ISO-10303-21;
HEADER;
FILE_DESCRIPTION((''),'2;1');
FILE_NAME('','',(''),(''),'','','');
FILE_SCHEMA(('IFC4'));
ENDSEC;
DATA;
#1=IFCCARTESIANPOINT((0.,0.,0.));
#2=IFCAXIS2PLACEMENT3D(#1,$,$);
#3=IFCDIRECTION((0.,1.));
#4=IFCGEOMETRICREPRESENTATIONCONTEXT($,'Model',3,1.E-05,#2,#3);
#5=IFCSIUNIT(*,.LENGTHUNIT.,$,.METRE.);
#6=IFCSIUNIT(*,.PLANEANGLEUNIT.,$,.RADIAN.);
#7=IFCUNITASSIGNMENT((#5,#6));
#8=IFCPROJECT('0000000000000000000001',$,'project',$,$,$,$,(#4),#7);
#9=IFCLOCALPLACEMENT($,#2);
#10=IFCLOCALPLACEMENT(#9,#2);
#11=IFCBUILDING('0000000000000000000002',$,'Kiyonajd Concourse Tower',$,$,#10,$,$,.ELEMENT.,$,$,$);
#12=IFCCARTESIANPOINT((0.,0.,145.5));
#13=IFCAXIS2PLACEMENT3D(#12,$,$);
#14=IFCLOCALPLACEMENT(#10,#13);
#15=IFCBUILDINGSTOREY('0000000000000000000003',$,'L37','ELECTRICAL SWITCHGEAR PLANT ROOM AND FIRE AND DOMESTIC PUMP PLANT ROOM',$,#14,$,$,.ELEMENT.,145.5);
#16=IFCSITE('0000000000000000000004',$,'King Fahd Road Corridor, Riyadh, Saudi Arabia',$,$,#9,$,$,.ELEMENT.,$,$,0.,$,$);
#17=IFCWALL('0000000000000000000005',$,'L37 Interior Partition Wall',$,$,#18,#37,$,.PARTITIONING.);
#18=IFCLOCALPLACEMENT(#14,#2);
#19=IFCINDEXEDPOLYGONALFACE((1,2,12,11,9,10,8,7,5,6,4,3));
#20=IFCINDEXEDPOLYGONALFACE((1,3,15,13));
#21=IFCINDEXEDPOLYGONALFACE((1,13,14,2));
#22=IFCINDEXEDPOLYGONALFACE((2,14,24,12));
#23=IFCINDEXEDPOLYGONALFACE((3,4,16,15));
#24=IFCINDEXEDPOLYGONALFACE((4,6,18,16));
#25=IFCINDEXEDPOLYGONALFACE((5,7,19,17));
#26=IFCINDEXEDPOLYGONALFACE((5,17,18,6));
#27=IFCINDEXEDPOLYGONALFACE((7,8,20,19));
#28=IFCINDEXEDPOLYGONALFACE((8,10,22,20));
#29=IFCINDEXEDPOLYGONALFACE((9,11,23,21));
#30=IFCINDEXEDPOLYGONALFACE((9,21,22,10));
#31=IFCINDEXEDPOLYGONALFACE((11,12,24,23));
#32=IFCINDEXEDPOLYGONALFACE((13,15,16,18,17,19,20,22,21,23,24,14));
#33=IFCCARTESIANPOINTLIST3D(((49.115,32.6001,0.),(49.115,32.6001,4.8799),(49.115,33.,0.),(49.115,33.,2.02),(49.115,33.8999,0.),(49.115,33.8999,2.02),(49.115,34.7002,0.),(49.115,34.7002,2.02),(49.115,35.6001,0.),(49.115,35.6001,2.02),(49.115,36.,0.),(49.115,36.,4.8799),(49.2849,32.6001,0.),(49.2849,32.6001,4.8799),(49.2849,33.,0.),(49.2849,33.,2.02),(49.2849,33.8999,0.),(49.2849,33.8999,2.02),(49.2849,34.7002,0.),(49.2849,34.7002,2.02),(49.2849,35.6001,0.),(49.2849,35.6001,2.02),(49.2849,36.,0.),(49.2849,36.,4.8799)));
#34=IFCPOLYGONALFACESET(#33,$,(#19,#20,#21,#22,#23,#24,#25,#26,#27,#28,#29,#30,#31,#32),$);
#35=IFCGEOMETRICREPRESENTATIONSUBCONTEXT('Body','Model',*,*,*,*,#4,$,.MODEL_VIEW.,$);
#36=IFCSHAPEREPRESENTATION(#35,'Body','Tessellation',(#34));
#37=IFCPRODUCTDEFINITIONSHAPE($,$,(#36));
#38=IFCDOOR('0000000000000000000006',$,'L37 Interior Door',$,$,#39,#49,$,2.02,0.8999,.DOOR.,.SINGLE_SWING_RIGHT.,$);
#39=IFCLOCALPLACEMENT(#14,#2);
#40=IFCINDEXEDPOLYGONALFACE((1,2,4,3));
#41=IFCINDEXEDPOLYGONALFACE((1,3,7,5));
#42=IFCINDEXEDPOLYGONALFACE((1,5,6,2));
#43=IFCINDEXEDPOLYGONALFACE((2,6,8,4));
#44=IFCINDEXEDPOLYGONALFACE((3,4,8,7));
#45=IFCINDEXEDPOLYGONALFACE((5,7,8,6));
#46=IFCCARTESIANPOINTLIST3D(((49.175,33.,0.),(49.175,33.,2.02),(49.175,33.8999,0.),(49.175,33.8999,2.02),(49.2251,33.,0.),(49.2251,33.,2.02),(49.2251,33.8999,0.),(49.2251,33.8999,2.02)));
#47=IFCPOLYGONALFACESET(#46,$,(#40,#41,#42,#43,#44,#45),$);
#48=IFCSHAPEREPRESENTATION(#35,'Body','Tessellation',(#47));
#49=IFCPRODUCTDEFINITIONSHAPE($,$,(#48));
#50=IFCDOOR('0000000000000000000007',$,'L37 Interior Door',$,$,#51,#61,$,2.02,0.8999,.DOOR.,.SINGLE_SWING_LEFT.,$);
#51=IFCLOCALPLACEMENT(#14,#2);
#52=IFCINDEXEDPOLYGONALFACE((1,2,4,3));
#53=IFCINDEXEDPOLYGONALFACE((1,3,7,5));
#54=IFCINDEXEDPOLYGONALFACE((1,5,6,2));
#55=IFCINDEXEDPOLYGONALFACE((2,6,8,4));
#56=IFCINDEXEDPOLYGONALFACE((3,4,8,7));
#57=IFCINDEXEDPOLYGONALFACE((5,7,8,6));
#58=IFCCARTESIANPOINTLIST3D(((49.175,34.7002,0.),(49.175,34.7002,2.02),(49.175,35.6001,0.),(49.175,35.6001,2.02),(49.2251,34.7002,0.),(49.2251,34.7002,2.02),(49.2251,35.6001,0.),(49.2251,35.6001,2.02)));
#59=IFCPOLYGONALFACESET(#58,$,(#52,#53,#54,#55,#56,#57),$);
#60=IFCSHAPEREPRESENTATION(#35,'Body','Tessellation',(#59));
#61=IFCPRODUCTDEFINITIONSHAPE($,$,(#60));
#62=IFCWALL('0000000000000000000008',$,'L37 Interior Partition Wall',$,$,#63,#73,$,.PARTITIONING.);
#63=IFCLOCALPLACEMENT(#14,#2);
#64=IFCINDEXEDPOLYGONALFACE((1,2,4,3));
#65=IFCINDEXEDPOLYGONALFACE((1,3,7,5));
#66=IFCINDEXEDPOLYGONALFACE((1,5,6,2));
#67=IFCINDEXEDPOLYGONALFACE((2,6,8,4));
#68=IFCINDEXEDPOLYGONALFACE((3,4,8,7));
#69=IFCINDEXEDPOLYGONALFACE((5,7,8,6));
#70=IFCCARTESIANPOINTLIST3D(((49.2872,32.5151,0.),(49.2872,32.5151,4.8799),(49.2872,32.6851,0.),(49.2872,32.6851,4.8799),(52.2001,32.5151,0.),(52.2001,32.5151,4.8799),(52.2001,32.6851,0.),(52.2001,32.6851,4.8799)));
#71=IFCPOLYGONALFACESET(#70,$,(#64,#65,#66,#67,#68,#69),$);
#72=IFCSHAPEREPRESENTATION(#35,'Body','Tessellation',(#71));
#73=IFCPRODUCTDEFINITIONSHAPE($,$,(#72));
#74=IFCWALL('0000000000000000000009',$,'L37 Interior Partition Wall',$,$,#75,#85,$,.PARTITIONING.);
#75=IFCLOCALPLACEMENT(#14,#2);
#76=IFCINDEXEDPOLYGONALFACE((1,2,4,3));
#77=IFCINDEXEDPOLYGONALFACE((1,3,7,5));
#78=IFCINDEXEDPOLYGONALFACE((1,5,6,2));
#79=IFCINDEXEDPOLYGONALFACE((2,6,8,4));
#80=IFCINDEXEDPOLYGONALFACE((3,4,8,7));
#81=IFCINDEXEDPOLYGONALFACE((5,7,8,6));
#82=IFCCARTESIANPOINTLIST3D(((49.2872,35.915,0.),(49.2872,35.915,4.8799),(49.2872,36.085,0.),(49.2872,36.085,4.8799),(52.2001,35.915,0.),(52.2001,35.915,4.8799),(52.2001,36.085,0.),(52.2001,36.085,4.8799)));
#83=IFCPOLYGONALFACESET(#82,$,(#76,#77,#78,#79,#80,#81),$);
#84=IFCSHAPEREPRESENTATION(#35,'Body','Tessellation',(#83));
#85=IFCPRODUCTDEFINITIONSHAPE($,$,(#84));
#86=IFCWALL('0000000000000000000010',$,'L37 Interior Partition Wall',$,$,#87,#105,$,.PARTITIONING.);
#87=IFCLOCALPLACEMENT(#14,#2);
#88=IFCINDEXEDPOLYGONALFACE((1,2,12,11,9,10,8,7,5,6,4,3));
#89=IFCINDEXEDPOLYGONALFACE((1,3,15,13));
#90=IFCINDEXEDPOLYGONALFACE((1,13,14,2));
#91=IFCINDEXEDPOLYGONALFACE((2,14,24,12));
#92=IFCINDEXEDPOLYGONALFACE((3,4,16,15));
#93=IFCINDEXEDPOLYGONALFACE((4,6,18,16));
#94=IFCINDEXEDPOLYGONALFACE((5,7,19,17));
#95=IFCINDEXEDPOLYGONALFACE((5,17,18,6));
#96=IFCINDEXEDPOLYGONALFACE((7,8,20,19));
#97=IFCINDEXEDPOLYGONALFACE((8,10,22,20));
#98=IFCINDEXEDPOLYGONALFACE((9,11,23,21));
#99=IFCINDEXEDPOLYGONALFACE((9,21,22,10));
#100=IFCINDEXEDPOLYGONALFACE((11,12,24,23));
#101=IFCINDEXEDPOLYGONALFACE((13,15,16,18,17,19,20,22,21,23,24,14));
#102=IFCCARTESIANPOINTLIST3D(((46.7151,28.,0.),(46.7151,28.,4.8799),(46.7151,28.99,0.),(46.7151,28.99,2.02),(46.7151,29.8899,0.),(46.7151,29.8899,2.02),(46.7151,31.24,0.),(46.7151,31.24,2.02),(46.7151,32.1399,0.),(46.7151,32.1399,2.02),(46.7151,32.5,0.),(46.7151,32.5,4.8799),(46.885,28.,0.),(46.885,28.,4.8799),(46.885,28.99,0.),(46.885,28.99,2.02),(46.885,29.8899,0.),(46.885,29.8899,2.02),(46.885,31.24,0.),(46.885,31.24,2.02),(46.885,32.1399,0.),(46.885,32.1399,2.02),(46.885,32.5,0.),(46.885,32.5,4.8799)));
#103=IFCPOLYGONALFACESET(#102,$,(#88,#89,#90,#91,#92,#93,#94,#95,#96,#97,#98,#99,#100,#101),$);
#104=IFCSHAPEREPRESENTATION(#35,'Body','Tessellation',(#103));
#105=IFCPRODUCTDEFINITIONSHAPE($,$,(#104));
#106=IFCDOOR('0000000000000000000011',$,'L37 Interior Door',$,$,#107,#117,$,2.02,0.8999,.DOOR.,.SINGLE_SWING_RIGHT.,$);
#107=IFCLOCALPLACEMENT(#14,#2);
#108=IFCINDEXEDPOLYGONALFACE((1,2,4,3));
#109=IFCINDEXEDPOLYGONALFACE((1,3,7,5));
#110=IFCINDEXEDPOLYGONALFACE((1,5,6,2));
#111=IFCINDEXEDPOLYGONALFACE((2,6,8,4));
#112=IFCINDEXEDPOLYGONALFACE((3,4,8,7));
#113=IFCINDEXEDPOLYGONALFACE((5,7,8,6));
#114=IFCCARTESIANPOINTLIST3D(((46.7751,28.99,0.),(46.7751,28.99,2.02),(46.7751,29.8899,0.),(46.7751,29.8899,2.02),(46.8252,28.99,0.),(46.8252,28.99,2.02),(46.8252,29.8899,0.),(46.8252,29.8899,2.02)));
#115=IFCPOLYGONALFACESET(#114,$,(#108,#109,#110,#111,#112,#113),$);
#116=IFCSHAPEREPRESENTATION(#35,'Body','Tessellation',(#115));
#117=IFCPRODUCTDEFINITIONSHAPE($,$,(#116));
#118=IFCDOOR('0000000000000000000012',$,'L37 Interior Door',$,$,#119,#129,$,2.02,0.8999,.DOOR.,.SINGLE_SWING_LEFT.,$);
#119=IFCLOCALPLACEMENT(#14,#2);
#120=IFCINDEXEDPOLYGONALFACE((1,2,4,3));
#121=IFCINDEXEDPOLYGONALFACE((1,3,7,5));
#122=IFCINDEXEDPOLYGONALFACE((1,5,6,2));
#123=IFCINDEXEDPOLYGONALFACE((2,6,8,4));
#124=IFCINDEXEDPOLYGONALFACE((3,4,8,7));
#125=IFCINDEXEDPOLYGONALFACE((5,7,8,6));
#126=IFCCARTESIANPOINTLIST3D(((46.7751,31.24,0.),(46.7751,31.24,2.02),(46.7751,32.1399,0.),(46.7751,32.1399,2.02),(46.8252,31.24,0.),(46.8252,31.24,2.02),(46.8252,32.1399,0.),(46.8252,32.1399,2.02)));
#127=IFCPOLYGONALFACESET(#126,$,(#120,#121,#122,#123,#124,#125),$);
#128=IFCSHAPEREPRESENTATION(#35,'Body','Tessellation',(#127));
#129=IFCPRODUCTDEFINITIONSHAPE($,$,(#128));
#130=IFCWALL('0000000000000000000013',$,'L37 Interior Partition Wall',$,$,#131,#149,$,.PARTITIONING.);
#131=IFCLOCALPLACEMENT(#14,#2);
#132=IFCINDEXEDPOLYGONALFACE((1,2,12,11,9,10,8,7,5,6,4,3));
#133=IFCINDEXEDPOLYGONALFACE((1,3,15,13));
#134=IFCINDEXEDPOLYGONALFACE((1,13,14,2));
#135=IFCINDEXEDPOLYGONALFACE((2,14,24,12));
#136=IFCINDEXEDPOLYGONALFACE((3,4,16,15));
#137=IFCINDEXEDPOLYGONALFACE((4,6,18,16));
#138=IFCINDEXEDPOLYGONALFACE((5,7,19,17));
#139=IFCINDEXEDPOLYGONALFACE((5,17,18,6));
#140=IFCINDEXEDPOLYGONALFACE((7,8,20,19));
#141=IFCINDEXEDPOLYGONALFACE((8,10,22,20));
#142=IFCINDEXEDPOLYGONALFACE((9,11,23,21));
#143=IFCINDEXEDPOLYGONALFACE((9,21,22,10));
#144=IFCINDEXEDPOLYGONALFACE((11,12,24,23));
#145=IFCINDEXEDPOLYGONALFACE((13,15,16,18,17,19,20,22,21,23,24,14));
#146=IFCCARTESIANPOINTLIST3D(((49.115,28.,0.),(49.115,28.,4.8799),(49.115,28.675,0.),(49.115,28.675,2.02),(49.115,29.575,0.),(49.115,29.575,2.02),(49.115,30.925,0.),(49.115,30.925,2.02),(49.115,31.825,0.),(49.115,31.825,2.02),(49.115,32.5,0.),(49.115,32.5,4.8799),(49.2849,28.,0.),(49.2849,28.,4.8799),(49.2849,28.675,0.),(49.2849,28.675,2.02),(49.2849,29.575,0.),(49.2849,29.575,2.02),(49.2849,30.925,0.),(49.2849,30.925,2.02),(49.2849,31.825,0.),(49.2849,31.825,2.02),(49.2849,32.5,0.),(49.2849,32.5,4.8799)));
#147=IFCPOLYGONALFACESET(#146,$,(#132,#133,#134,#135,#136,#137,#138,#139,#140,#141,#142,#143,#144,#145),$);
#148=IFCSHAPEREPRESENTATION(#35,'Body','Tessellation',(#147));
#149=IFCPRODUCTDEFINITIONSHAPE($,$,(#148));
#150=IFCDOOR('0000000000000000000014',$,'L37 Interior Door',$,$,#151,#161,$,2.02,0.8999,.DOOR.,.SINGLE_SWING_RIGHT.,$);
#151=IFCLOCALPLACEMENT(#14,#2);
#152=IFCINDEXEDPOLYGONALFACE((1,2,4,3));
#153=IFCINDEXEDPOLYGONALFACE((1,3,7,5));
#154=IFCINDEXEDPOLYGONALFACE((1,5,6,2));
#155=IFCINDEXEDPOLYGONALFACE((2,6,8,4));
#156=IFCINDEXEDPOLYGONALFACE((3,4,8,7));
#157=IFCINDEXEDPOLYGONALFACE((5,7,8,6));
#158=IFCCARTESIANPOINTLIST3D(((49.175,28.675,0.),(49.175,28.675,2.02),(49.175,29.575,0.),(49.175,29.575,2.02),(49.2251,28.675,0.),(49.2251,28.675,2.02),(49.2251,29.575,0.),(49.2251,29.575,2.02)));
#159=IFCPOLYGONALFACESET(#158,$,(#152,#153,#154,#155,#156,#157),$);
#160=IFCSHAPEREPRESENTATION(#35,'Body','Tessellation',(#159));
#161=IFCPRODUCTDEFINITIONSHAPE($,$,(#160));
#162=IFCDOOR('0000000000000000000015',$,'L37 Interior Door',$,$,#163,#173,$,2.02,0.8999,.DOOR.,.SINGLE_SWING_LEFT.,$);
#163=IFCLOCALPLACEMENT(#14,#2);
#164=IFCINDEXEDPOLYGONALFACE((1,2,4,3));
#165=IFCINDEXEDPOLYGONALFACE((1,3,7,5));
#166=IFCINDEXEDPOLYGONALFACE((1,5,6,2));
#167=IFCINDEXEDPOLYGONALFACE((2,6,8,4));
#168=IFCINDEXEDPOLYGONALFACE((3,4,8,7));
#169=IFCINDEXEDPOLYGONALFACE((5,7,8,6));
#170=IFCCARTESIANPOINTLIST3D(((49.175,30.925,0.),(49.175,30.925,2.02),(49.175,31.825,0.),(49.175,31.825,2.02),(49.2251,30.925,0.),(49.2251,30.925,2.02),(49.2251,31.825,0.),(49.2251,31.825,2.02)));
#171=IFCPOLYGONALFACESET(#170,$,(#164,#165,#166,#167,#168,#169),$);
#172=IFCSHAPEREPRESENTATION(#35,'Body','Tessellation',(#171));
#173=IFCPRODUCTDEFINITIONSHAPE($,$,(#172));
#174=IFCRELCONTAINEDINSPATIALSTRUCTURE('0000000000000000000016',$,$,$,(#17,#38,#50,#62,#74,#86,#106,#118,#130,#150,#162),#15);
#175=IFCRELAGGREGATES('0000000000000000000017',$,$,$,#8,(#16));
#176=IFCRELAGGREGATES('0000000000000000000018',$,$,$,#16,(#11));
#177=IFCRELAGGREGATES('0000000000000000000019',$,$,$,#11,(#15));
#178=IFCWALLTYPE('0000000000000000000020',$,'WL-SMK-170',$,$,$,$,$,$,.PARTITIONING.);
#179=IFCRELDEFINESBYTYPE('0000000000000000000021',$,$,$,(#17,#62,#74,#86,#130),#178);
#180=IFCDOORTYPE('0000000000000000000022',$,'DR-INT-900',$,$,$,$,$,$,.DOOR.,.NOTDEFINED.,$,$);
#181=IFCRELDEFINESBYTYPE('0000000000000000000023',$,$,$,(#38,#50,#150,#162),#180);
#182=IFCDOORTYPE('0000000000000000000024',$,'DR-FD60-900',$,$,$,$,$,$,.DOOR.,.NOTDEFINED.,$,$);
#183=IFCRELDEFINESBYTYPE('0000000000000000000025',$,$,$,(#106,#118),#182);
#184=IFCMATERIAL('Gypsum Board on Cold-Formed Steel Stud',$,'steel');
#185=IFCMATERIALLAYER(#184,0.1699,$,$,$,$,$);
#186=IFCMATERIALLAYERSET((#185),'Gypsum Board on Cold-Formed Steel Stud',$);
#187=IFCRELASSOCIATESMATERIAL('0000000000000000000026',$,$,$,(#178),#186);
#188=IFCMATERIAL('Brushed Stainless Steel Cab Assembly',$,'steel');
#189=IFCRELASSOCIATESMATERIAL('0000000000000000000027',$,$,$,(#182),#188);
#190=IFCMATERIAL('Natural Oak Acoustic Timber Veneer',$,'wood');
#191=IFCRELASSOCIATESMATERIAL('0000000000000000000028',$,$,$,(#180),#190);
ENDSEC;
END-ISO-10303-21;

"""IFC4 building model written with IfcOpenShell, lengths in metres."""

from ifc_helpers import new_model, si_unit, direction, frame, frame_2d, origin, place, context, subcontext, project, spatial, rectangle, extrude, material, layer, layer_set, type_object, element, fill, save


model = new_model("IFC4")

# Units and contexts
model_context = context("Model", 3, precision=1e-05, world=origin(), true_north=direction((0.0, 1.0)))
body_context = subcontext(model_context, "Body", "Model", "MODEL_VIEW")
ifc_project = project(units=[si_unit("LENGTHUNIT", "METRE"), si_unit("PLANEANGLEUNIT", "RADIAN")], contexts=[model_context])

# Site, building, storey
site_placement = place(None, origin())
site = spatial("IfcSite", under=ifc_project, at=site_placement, Name="King Fahd Road Corridor, Riyadh, Saudi Arabia", CompositionType="ELEMENT", RefElevation=0.0)
building_placement = place(site_placement, origin())
building = spatial("IfcBuilding", under=site, at=building_placement, Name="Kiyonajd Concourse Tower", CompositionType="ELEMENT")
storey_placement = place(building_placement, frame((0.0, 0.0, 145.5)))
storey = spatial("IfcBuildingStorey", under=building, at=storey_placement, Name="L37", Description="ELECTRICAL SWITCHGEAR PLANT ROOM AND FIRE AND DOMESTIC PUMP PLANT ROOM", CompositionType="ELEMENT", Elevation=145.5)

# Shared definitions
ifc_material_1 = material(Name="Gypsum Board on Cold-Formed Steel Stud", Category="steel")

# Wall, openings, doors
ifc_layer_1 = layer(ifc_material_1, 0.1699)
ifc_layer_set_1 = layer_set([ifc_layer_1], Name="Gypsum Board on Cold-Formed Steel Stud")
wall_type_1 = type_object("IfcWallType", Name="WL-SMK-170", PredefinedType="PARTITIONING", material=ifc_layer_set_1)
ifc_material_2 = material(Name="Brushed Stainless Steel Cab Assembly", Category="steel")
door_type_1 = type_object("IfcDoorType", Name="DR-FD60-900", OperationType="NOTDEFINED", PredefinedType="DOOR", material=ifc_material_2)
wall_1_placement = place(storey_placement, frame((49.2, 32.6001, 0.0), z_axis=(0.0, 0.0, 1.0), x_axis=(0.0, 1.0, 0.0)))
wall_1 = element("IfcWall", 1, at=wall_1_placement, inside=storey, type_object=wall_type_1, Name="L37 Interior Partition Wall", PredefinedType="PARTITIONING", context=body_context, shape_type="SweptSolid", body=[
    extrude(rectangle(XDim=3.3999, YDim=0.1699, at=frame_2d((1.7, 0.0))), origin(), (0.0, 0.0, 1.0), 4.8799),
])
opening_1_placement = place(wall_1_placement, frame((0.3999, 0.0, 0.0)))
opening_1 = element("IfcOpeningElement", 2, at=opening_1_placement, cuts=wall_1, PredefinedType="OPENING", context=body_context, shape_type="SweptSolid", body=[
    extrude(rectangle(XDim=0.8999, YDim=2.02, at=frame_2d((0.45, 1.01))), frame((0.0, 0.095, 0.0), z_axis=(0.0, -1.0, 0.0), x_axis=(1.0, 0.0, 0.0)), (0.0, 0.0, 1.0), 0.1899),
])
opening_2_placement = place(wall_1_placement, frame((2.1001, 0.0, 0.0)))
opening_2 = element("IfcOpeningElement", 3, at=opening_2_placement, cuts=wall_1, PredefinedType="OPENING", context=body_context, shape_type="SweptSolid", body=[
    extrude(rectangle(XDim=0.8999, YDim=2.02, at=frame_2d((0.45, 1.01))), frame((0.0, 0.095, 0.0), z_axis=(0.0, -1.0, 0.0), x_axis=(1.0, 0.0, 0.0)), (0.0, 0.0, 1.0), 0.1899),
])
ifc_material_3 = material(Name="Natural Oak Acoustic Timber Veneer", Category="wood")
door_type_2 = type_object("IfcDoorType", Name="DR-INT-900", OperationType="NOTDEFINED", PredefinedType="DOOR", material=ifc_material_3)
door_1_placement = place(opening_1_placement, origin())
door_1 = element("IfcDoor", 4, at=door_1_placement, inside=storey, type_object=door_type_2, Name="L37 Interior Door", OperationType="SINGLE_SWING_RIGHT", OverallHeight=2.02, OverallWidth=0.8999, PredefinedType="DOOR", context=body_context, shape_type="SweptSolid", body=[
    extrude(rectangle(XDim=0.8999, YDim=2.02, at=frame_2d((0.45, 1.01))), frame((0.0, 0.0249, 0.0), z_axis=(0.0, -1.0, 0.0), x_axis=(1.0, 0.0, 0.0)), (0.0, 0.0, 1.0), 0.05),
])
fill(opening_1, door_1)
door_2_placement = place(opening_2_placement, origin())
door_2 = element("IfcDoor", 5, at=door_2_placement, inside=storey, type_object=door_type_2, Name="L37 Interior Door", OperationType="SINGLE_SWING_LEFT", OverallHeight=2.02, OverallWidth=0.8999, PredefinedType="DOOR", context=body_context, shape_type="SweptSolid", body=[
    extrude(rectangle(XDim=0.8999, YDim=2.02, at=frame_2d((0.45, 1.01))), frame((0.0, 0.0249, 0.0), z_axis=(0.0, -1.0, 0.0), x_axis=(1.0, 0.0, 0.0)), (0.0, 0.0, 1.0), 0.05),
])
fill(opening_2, door_2)

# Walls
for number, where, z_axis, x_axis, name in (
    (6, (49.2871, 32.6001, 0.0), (0.0, 0.0, 1.0), (1.0, 0.0, 0.0), "L37 Interior Partition Wall"),
    (7, (49.2871, 36.0, 0.0), (0.0, 0.0, 1.0), (1.0, 0.0, 0.0), "L37 Interior Partition Wall"),
):
    element("IfcWall", number, at=place(storey_placement, frame(where, z_axis=z_axis, x_axis=x_axis)), inside=storey, type_object=wall_type_1, Name=name, PredefinedType="PARTITIONING", context=body_context, shape_type="SweptSolid", body=[
        extrude(rectangle(XDim=2.9128, YDim=0.1699, at=frame_2d((1.4565, 0.0))), origin(), (0.0, 0.0, 1.0), 4.8799),
    ])

# Walls, openings, doors
wall_2_placement = place(storey_placement, frame((46.8, 28.0, 0.0), z_axis=(0.0, 0.0, 1.0), x_axis=(0.0, 1.0, 0.0)))
wall_2 = element("IfcWall", 8, at=wall_2_placement, inside=storey, type_object=wall_type_1, Name="L37 Interior Partition Wall", PredefinedType="PARTITIONING", context=body_context, shape_type="SweptSolid", body=[
    extrude(rectangle(XDim=4.5, YDim=0.1699, at=frame_2d((2.25, 0.0))), origin(), (0.0, 0.0, 1.0), 4.8799),
])
opening_3_placement = place(wall_2_placement, frame((0.99, 0.0, 0.0)))
opening_3 = element("IfcOpeningElement", 9, at=opening_3_placement, cuts=wall_2, PredefinedType="OPENING", context=body_context, shape_type="SweptSolid", body=[
    extrude(rectangle(XDim=0.8999, YDim=2.02, at=frame_2d((0.45, 1.01))), frame((0.0, 0.095, 0.0), z_axis=(0.0, -1.0, 0.0), x_axis=(1.0, 0.0, 0.0)), (0.0, 0.0, 1.0), 0.1899),
])
opening_4_placement = place(wall_2_placement, frame((3.24, 0.0, 0.0)))
opening_4 = element("IfcOpeningElement", 10, at=opening_4_placement, cuts=wall_2, PredefinedType="OPENING", context=body_context, shape_type="SweptSolid", body=[
    extrude(rectangle(XDim=0.8999, YDim=2.02, at=frame_2d((0.45, 1.01))), frame((0.0, 0.095, 0.0), z_axis=(0.0, -1.0, 0.0), x_axis=(1.0, 0.0, 0.0)), (0.0, 0.0, 1.0), 0.1899),
])
door_3_placement = place(opening_3_placement, origin())
door_3 = element("IfcDoor", 11, at=door_3_placement, inside=storey, type_object=door_type_1, Name="L37 Interior Door", OperationType="SINGLE_SWING_RIGHT", OverallHeight=2.02, OverallWidth=0.8999, PredefinedType="DOOR", context=body_context, shape_type="SweptSolid", body=[
    extrude(rectangle(XDim=0.8999, YDim=2.02, at=frame_2d((0.45, 1.01))), frame((0.0, 0.0249, 0.0), z_axis=(0.0, -1.0, 0.0), x_axis=(1.0, 0.0, 0.0)), (0.0, 0.0, 1.0), 0.05),
])
fill(opening_3, door_3)
door_4_placement = place(opening_4_placement, origin())
door_4 = element("IfcDoor", 12, at=door_4_placement, inside=storey, type_object=door_type_1, Name="L37 Interior Door", OperationType="SINGLE_SWING_LEFT", OverallHeight=2.02, OverallWidth=0.8999, PredefinedType="DOOR", context=body_context, shape_type="SweptSolid", body=[
    extrude(rectangle(XDim=0.8999, YDim=2.02, at=frame_2d((0.45, 1.01))), frame((0.0, 0.0249, 0.0), z_axis=(0.0, -1.0, 0.0), x_axis=(1.0, 0.0, 0.0)), (0.0, 0.0, 1.0), 0.05),
])
fill(opening_4, door_4)
wall_3_placement = place(storey_placement, frame((49.2, 28.0, 0.0), z_axis=(0.0, 0.0, 1.0), x_axis=(0.0, 1.0, 0.0)))
wall_3 = element("IfcWall", 13, at=wall_3_placement, inside=storey, type_object=wall_type_1, Name="L37 Interior Partition Wall", PredefinedType="PARTITIONING", context=body_context, shape_type="SweptSolid", body=[
    extrude(rectangle(XDim=4.5, YDim=0.1699, at=frame_2d((2.25, 0.0))), origin(), (0.0, 0.0, 1.0), 4.8799),
])
opening_5_placement = place(wall_3_placement, frame((0.675, 0.0, 0.0)))
opening_5 = element("IfcOpeningElement", 14, at=opening_5_placement, cuts=wall_3, PredefinedType="OPENING", context=body_context, shape_type="SweptSolid", body=[
    extrude(rectangle(XDim=0.8999, YDim=2.02, at=frame_2d((0.45, 1.01))), frame((0.0, 0.095, 0.0), z_axis=(0.0, -1.0, 0.0), x_axis=(1.0, 0.0, 0.0)), (0.0, 0.0, 1.0), 0.1899),
])
opening_6_placement = place(wall_3_placement, frame((2.925, 0.0, 0.0)))
opening_6 = element("IfcOpeningElement", 15, at=opening_6_placement, cuts=wall_3, PredefinedType="OPENING", context=body_context, shape_type="SweptSolid", body=[
    extrude(rectangle(XDim=0.8999, YDim=2.02, at=frame_2d((0.45, 1.01))), frame((0.0, 0.095, 0.0), z_axis=(0.0, -1.0, 0.0), x_axis=(1.0, 0.0, 0.0)), (0.0, 0.0, 1.0), 0.1899),
])
door_5_placement = place(opening_5_placement, origin())
door_5 = element("IfcDoor", 16, at=door_5_placement, inside=storey, type_object=door_type_2, Name="L37 Interior Door", OperationType="SINGLE_SWING_RIGHT", OverallHeight=2.02, OverallWidth=0.8999, PredefinedType="DOOR", context=body_context, shape_type="SweptSolid", body=[
    extrude(rectangle(XDim=0.8999, YDim=2.02, at=frame_2d((0.45, 1.01))), frame((0.0, 0.0249, 0.0), z_axis=(0.0, -1.0, 0.0), x_axis=(1.0, 0.0, 0.0)), (0.0, 0.0, 1.0), 0.05),
])
fill(opening_5, door_5)
door_6_placement = place(opening_6_placement, origin())
door_6 = element("IfcDoor", 17, at=door_6_placement, inside=storey, type_object=door_type_2, Name="L37 Interior Door", OperationType="SINGLE_SWING_LEFT", OverallHeight=2.02, OverallWidth=0.8999, PredefinedType="DOOR", context=body_context, shape_type="SweptSolid", body=[
    extrude(rectangle(XDim=0.8999, YDim=2.02, at=frame_2d((0.45, 1.01))), frame((0.0, 0.0249, 0.0), z_axis=(0.0, -1.0, 0.0), x_axis=(1.0, 0.0, 0.0)), (0.0, 0.0, 1.0), 0.05),
])
fill(opening_6, door_6)

save(model, "model.ifc")
